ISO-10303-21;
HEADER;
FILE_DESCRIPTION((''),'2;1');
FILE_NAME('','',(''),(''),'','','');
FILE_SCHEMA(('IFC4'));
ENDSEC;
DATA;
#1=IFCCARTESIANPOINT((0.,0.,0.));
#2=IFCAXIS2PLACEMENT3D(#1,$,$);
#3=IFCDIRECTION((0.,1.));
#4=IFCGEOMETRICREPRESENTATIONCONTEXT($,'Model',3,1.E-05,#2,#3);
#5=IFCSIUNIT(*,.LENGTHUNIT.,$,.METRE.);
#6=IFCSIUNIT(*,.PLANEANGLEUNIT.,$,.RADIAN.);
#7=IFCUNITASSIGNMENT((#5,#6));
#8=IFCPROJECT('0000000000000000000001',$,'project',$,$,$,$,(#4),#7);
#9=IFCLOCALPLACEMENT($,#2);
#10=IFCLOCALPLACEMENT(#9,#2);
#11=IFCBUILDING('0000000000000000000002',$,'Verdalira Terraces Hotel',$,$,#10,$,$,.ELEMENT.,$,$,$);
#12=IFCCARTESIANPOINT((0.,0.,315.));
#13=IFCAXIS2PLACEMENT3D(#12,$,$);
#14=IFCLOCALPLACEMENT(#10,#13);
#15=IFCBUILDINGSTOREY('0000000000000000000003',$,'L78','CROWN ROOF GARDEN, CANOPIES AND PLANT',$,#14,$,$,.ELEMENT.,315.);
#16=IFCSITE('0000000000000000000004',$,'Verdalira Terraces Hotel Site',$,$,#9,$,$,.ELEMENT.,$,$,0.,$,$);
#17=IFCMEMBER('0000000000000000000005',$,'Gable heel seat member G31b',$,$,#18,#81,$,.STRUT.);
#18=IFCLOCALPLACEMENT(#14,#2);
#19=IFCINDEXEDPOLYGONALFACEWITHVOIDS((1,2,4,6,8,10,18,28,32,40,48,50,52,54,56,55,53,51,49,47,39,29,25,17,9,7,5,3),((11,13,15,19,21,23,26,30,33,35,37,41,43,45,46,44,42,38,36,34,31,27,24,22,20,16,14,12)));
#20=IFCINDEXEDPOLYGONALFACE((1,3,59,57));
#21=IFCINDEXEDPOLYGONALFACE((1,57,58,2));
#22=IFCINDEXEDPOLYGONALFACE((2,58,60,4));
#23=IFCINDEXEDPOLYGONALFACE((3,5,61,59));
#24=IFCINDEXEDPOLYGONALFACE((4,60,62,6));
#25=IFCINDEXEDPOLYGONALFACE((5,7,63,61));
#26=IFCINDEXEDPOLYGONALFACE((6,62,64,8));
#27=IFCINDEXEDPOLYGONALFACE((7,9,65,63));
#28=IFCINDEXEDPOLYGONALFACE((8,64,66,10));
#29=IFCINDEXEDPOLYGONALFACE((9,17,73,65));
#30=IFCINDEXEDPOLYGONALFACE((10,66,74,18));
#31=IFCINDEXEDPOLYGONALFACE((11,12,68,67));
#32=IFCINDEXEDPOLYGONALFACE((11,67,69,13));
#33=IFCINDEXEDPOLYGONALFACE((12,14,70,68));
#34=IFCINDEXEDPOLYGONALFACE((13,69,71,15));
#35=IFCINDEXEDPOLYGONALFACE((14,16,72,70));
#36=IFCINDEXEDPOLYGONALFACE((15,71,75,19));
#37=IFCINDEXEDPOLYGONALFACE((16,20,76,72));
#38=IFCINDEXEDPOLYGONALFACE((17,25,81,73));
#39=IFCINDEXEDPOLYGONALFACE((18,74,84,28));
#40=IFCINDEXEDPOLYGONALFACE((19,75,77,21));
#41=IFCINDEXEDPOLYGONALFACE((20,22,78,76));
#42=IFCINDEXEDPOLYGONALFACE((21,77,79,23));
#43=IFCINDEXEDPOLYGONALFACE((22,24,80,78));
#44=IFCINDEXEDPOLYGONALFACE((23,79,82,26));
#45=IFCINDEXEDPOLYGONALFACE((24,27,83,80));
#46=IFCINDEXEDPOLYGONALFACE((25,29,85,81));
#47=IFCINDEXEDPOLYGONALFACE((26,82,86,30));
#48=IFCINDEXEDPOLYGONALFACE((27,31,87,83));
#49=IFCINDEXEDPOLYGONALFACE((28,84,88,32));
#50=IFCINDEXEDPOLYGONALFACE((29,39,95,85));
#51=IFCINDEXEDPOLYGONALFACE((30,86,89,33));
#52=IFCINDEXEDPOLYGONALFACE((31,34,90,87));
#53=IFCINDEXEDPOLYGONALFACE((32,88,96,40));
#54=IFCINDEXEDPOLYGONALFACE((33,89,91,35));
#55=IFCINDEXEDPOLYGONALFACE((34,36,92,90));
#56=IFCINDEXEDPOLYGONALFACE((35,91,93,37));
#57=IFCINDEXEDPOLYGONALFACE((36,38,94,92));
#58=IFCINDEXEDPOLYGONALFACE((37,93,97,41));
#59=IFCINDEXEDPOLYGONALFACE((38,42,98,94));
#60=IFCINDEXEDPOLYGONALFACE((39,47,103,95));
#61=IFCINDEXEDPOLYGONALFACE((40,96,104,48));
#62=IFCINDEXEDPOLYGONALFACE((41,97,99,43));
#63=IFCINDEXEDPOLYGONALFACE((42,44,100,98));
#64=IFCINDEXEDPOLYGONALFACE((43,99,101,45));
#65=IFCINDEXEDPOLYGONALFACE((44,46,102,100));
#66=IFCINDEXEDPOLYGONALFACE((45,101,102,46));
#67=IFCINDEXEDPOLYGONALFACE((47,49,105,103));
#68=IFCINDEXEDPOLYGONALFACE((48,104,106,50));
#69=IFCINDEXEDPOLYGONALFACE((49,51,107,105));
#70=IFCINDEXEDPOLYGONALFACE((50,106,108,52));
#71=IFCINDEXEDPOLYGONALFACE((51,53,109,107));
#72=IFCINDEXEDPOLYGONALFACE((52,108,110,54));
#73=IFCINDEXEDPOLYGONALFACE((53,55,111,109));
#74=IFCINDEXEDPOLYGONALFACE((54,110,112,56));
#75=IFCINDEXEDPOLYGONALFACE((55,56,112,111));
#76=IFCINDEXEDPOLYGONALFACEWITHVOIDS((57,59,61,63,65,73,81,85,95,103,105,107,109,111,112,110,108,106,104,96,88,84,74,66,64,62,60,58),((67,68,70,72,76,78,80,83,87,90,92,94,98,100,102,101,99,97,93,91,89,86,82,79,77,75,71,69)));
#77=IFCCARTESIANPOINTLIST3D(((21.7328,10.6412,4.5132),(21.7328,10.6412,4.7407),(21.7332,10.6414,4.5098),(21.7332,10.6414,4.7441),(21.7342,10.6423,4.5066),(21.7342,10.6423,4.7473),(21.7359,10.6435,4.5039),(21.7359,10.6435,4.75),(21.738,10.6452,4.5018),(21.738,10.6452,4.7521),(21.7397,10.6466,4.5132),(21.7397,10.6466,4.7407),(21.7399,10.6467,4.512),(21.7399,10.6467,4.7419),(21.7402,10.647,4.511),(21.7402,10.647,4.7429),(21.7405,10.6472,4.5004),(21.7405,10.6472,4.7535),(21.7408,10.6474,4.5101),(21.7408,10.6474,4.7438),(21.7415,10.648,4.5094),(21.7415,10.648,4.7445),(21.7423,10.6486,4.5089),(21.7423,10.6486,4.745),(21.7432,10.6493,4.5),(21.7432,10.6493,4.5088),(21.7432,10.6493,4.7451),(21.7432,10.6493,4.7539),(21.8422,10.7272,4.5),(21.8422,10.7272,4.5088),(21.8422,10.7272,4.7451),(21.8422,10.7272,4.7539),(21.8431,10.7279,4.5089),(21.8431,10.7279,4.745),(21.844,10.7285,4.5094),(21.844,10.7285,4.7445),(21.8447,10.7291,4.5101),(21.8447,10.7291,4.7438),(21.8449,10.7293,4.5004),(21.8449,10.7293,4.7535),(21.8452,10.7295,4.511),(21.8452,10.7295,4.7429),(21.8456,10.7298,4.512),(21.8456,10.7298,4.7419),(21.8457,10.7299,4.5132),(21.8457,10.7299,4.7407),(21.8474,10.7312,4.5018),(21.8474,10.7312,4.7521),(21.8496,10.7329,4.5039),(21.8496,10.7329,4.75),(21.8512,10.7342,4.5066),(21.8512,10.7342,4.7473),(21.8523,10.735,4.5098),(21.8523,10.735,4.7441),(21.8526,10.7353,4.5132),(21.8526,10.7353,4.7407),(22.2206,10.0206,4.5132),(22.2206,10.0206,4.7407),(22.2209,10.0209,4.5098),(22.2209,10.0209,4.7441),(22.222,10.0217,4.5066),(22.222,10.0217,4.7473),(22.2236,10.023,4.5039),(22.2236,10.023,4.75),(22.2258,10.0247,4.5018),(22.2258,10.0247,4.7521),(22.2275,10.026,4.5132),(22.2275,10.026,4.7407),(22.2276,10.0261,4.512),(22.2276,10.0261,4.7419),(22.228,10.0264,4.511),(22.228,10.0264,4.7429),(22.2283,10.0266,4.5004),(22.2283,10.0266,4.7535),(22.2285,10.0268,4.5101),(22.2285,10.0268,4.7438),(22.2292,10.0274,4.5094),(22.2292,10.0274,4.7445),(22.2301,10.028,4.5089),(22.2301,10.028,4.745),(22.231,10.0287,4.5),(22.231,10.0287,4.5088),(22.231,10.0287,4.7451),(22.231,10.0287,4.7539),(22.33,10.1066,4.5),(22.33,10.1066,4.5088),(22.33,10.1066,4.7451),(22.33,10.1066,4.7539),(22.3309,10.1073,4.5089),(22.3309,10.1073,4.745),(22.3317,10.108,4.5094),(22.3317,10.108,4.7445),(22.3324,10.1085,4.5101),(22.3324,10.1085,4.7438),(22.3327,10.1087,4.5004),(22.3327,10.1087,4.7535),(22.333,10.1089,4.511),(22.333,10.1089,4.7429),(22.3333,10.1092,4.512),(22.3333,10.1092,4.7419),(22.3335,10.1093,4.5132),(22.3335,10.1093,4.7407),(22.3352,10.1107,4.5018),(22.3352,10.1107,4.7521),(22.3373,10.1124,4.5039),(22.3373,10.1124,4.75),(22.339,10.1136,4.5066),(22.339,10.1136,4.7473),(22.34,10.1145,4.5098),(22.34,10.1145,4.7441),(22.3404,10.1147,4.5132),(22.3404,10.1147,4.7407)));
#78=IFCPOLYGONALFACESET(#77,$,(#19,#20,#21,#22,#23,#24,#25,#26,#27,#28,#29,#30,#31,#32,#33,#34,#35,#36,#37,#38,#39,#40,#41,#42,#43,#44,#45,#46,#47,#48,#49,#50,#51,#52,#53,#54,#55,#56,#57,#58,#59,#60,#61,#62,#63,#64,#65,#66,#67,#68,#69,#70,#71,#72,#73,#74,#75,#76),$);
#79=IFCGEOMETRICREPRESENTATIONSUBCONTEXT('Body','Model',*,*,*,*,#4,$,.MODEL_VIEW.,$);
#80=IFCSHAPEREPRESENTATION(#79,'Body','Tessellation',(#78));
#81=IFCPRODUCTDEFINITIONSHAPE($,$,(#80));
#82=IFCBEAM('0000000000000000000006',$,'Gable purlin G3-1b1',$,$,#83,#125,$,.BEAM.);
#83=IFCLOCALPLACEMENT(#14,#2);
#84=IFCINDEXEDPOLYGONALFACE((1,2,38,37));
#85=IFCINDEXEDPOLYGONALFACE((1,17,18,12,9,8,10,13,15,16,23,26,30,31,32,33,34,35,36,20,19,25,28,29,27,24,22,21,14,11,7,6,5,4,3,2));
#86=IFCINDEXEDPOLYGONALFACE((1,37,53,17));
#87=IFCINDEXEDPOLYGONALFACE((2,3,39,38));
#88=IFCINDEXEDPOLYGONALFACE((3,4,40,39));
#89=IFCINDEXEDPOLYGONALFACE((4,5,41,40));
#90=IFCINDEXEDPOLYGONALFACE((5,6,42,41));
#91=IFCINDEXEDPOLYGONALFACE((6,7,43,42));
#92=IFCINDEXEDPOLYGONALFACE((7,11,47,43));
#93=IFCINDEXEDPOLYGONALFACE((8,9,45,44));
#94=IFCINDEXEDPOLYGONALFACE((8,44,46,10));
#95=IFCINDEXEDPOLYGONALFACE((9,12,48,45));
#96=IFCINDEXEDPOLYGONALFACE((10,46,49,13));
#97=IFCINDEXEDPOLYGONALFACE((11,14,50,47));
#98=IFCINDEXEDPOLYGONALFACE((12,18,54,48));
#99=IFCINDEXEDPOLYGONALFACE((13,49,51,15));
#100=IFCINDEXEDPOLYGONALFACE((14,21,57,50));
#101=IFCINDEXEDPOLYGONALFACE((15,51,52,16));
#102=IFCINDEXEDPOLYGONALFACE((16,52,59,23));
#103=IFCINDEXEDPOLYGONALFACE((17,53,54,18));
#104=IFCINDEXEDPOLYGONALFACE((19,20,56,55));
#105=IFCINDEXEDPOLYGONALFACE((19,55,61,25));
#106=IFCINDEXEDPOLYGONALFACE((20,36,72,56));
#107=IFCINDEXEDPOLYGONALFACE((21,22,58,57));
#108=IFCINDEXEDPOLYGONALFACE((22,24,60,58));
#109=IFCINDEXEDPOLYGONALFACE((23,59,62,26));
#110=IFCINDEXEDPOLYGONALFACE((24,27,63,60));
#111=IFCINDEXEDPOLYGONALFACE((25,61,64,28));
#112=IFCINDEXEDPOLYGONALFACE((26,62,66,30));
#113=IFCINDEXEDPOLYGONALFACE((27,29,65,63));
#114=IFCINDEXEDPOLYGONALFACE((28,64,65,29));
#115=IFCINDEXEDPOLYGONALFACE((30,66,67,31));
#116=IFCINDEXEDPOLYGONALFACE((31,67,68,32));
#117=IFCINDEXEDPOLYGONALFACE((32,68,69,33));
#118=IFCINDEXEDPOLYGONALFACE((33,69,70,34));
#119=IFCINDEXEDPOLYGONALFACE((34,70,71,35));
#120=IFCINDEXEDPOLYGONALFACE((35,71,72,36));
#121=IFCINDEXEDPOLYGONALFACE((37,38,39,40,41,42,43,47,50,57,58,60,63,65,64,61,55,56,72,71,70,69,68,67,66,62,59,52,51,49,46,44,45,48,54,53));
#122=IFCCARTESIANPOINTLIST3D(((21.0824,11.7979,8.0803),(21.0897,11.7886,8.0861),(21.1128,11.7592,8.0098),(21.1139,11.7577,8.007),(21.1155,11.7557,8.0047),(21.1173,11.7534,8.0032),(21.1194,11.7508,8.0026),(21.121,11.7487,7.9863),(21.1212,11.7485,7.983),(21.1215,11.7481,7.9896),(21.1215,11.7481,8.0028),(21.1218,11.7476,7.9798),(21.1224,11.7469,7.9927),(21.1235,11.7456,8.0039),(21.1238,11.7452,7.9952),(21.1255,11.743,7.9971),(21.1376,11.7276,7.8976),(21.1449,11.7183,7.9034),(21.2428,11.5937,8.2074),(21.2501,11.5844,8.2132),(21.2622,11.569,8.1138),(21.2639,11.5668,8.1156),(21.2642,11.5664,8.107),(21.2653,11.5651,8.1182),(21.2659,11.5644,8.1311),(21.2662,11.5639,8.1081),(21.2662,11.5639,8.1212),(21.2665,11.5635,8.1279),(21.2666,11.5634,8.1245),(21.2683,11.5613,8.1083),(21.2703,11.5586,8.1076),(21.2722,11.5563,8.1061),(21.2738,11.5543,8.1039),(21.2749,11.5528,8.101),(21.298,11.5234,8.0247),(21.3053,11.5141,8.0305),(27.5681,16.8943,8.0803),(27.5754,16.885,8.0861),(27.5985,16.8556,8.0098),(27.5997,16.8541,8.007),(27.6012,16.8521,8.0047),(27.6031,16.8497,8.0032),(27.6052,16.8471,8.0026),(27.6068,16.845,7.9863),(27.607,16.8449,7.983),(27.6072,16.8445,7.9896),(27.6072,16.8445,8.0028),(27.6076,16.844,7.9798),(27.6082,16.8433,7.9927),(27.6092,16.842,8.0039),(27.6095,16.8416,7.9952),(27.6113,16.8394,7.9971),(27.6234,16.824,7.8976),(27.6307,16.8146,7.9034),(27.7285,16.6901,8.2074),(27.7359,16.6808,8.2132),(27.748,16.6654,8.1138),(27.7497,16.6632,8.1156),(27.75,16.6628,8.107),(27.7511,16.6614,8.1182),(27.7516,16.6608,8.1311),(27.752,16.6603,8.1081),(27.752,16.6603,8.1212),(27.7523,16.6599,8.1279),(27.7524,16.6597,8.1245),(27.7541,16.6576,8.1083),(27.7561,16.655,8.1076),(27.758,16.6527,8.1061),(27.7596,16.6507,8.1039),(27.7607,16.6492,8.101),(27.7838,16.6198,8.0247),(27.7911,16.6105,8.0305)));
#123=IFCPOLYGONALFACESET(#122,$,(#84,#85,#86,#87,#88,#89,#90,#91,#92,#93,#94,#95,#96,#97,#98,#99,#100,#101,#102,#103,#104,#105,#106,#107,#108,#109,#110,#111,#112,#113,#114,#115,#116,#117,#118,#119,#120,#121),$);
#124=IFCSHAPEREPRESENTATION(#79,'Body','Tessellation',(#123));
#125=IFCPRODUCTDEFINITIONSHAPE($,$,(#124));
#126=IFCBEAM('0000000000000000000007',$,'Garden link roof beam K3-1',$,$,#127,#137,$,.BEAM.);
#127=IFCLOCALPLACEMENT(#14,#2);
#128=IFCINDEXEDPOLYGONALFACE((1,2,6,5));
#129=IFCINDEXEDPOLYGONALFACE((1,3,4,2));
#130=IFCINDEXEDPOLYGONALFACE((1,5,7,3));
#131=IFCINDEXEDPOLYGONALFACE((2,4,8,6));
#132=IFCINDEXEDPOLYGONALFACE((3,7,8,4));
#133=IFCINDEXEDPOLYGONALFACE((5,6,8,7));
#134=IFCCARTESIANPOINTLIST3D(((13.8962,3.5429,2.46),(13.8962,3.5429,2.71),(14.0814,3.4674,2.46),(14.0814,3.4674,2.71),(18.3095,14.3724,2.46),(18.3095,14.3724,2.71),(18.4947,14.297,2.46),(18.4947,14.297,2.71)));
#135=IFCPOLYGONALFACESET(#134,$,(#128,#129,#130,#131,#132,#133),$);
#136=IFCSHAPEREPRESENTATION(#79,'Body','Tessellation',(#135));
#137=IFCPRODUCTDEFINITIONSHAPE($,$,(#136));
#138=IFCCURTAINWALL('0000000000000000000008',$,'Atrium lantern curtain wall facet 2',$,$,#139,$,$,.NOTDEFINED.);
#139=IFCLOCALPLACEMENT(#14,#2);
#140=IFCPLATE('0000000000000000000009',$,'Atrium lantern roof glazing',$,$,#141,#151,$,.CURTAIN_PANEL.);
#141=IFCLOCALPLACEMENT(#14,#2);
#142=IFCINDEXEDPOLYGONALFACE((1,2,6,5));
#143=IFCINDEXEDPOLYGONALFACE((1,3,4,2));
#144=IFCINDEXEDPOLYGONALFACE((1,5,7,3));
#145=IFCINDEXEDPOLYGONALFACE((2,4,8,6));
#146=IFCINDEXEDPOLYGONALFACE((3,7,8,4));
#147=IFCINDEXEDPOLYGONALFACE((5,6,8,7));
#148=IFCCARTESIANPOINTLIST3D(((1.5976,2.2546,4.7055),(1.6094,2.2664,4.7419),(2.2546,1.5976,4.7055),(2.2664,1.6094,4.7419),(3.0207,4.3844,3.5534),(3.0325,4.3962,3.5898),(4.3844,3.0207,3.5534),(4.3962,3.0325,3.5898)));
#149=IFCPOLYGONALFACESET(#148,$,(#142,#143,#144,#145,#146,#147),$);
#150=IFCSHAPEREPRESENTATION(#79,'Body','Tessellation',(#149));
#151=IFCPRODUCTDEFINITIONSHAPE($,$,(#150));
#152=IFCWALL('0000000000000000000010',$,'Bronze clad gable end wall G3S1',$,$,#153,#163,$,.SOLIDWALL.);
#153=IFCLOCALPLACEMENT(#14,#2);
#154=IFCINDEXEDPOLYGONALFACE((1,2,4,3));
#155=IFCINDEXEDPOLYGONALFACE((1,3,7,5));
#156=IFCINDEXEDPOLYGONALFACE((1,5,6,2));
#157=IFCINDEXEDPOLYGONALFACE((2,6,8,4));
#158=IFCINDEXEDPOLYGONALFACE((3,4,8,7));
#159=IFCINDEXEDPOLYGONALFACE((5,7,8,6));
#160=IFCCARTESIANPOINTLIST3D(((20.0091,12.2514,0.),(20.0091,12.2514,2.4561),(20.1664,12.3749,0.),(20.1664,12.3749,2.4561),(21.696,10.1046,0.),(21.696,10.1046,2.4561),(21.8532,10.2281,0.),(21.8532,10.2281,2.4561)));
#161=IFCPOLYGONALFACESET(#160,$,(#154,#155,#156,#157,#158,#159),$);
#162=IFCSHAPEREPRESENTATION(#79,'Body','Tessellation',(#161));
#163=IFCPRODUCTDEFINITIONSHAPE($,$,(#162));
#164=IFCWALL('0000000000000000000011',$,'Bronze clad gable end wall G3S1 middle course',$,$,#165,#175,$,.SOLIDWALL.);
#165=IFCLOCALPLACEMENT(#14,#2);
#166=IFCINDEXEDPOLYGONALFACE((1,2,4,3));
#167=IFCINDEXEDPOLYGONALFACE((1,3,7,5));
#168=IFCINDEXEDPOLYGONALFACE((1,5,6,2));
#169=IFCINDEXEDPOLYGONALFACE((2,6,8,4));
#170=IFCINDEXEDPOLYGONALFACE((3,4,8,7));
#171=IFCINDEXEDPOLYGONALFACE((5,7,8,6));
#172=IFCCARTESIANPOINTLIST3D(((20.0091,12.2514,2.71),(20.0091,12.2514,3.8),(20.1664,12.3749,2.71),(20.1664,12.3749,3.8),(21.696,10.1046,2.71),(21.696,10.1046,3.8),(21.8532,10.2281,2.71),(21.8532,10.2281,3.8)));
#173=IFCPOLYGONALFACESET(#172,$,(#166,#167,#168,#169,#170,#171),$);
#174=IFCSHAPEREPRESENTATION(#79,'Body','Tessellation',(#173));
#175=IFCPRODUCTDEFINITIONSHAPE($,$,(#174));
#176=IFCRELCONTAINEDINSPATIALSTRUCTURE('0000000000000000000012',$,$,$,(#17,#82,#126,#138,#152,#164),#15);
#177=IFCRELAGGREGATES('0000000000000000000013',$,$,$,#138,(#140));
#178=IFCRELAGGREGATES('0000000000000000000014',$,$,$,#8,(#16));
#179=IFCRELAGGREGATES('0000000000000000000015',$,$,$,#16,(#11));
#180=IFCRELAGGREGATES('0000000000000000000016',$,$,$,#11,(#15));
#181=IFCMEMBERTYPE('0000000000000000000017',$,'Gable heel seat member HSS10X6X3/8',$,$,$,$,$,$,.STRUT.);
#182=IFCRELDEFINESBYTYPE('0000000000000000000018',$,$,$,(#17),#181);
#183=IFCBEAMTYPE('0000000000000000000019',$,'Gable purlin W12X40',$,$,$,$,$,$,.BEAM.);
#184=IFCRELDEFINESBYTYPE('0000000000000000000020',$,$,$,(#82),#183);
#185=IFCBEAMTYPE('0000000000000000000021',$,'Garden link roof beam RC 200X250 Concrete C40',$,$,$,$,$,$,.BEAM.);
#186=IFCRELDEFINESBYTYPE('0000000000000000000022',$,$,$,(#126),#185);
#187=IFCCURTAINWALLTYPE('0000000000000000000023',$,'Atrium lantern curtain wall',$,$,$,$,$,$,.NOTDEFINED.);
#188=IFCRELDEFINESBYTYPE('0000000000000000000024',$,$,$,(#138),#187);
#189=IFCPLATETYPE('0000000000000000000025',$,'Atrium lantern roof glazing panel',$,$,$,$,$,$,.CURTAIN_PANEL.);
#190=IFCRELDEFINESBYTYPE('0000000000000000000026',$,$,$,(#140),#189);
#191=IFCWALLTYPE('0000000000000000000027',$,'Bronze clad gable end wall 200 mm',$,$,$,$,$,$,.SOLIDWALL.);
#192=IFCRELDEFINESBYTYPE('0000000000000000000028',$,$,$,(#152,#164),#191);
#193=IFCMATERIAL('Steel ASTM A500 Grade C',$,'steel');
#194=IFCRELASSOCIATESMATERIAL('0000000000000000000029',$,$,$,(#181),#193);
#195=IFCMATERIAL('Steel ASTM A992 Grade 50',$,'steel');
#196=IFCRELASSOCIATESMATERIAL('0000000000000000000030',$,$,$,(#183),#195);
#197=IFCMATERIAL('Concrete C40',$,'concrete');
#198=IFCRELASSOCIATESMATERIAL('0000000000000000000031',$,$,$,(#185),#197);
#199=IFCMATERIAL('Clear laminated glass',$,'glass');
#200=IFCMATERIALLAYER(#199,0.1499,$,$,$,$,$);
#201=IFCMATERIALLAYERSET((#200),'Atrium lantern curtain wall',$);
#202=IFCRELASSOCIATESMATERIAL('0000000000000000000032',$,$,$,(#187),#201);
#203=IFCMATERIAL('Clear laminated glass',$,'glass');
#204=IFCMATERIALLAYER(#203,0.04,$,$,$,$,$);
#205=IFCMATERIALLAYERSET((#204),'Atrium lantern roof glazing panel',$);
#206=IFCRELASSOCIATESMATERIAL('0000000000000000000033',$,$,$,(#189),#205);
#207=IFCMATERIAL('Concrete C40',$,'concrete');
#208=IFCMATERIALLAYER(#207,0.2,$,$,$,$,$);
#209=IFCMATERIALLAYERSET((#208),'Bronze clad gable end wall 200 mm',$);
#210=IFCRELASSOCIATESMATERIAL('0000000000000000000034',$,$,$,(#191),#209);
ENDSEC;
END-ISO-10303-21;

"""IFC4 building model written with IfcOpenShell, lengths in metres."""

from ifc_helpers import new_model, si_unit, direction, frame, frame_2d, origin, origin_2d, place, context, subcontext, project, spatial, polyline, rectangle, hollow_rectangle, i_section, outline, extrude, material, layer, layer_set, material_profile, profile_set, type_object, element, aggregate, save


model = new_model("IFC4")

# Units and contexts
model_context = context("Model", 3, precision=1e-05, world=origin(), true_north=direction((0.0, 1.0)))
body_context = subcontext(model_context, "Body", "Model", "MODEL_VIEW")
ifc_project = project(units=[si_unit("LENGTHUNIT", "METRE"), si_unit("PLANEANGLEUNIT", "RADIAN")], contexts=[model_context])

# Site, building, storey
site_placement = place(None, origin())
site = spatial("IfcSite", under=ifc_project, at=site_placement, Name="Verdalira Terraces Hotel Site", CompositionType="ELEMENT", RefElevation=0.0)
building_placement = place(site_placement, origin())
building = spatial("IfcBuilding", under=site, at=building_placement, Name="Verdalira Terraces Hotel", CompositionType="ELEMENT")
storey_placement = place(building_placement, frame((0.0, 0.0, 315.0)))
storey = spatial("IfcBuildingStorey", under=building, at=storey_placement, Name="L78", Description="CROWN ROOF GARDEN, CANOPIES AND PLANT", CompositionType="ELEMENT", Elevation=315.0)

# Member
ifc_material_1 = material(Name="Steel ASTM A500 Grade C", Category="steel")
ifc_material_profile_1 = material_profile(ifc_material_1, hollow_rectangle(XDim=0.1523, YDim=0.2539, WallThickness=0.0088, InnerFilletRadius=0.0044, OuterFilletRadius=0.0132, at=origin_2d()), Name="HSS10X6X3/8")
ifc_profile_set_1 = profile_set([ifc_material_profile_1], Name="Steel ASTM A500 Grade C")
member_type = type_object("IfcMemberType", Name="Gable heel seat member HSS10X6X3/8", PredefinedType="STRUT", material=ifc_profile_set_1)
member_placement = place(storey_placement, frame((21.7927, 10.6882, 4.627), z_axis=(0.617958, -0.786211, 0.0), x_axis=(0.786211, 0.617958, 0.0)))
element("IfcMember", 1, at=member_placement, inside=storey, type_object=member_type, Name="Gable heel seat member G31b", PredefinedType="STRUT", context=body_context, shape_type="SweptSolid", body=[
    extrude(hollow_rectangle(XDim=0.1523, YDim=0.2539, WallThickness=0.0088, InnerFilletRadius=0.0044, OuterFilletRadius=0.0132, at=origin_2d()), origin(), (0.0, 0.0, 1.0), 0.7893),
])

# Beams
ifc_material_2 = material(Name="Steel ASTM A992 Grade 50", Category="steel")
ifc_material_profile_2 = material_profile(ifc_material_2, i_section(OverallWidth=0.2034, OverallDepth=0.3022, WebThickness=0.0076, FlangeThickness=0.0132, FilletRadius=0.0129, at=origin_2d()), Name="W12X40")
ifc_profile_set_2 = profile_set([ifc_material_profile_2], Name="Steel ASTM A992 Grade 50")
beam_type_1 = type_object("IfcBeamType", Name="Gable purlin W12X40", PredefinedType="BEAM", material=ifc_profile_set_2)
beam_1_placement = place(storey_placement, frame((21.1938, 11.656, 8.0554), z_axis=(0.786294, 0.617853, 0.0), x_axis=(-0.271657, 0.345717, 0.898155)))
element("IfcBeam", 2, at=beam_1_placement, inside=storey, type_object=beam_type_1, Name="Gable purlin G3-1b1", PredefinedType="BEAM", context=body_context, shape_type="SweptSolid", body=[
    extrude(i_section(OverallWidth=0.2034, OverallDepth=0.3022, WebThickness=0.0076, FlangeThickness=0.0132, FilletRadius=0.0129, at=origin_2d()), origin(), (0.0, 0.0, 1.0), 8.2485),
])
ifc_material_3 = material(Name="Concrete C40", Category="concrete")
ifc_material_profile_3 = material_profile(ifc_material_3, rectangle(XDim=0.2, YDim=0.25, at=origin_2d()), Name="RC 200X250")
ifc_profile_set_3 = profile_set([ifc_material_profile_3], Name="Concrete C40")
beam_type_2 = type_object("IfcBeamType", Name="Garden link roof beam RC 200X250 Concrete C40", PredefinedType="BEAM", material=ifc_profile_set_3)
beam_2_placement = place(storey_placement, frame((13.9888, 3.5051, 2.585), z_axis=(0.37739, 0.926054, 0.0), x_axis=(-0.926054, 0.37739, 0.0)))
element("IfcBeam", 3, at=beam_2_placement, inside=storey, type_object=beam_type_2, Name="Garden link roof beam K3-1", PredefinedType="BEAM", context=body_context, shape_type="SweptSolid", body=[
    extrude(rectangle(XDim=0.2, YDim=0.25, at=origin_2d()), origin(), (0.0, 0.0, 1.0), 11.6943),
])

# Curtain wall, plate
ifc_material_4 = material(Name="Clear laminated glass", Category="glass")
ifc_layer_1 = layer(ifc_material_4, 0.1499)
ifc_layer_set_1 = layer_set([ifc_layer_1], Name="Atrium lantern curtain wall")
curtain_wall_type = type_object("IfcCurtainWallType", Name="Atrium lantern curtain wall", PredefinedType="NOTDEFINED", material=ifc_layer_set_1)
curtain_wall_placement = place(storey_placement, origin())
curtain_wall = element("IfcCurtainWall", 4, at=curtain_wall_placement, inside=storey, type_object=curtain_wall_type, Name="Atrium lantern curtain wall facet 2", PredefinedType="NOTDEFINED")
ifc_material_5 = material(Name="Clear laminated glass", Category="glass")
ifc_layer_2 = layer(ifc_material_5, 0.04)
ifc_layer_set_2 = layer_set([ifc_layer_2], Name="Atrium lantern roof glazing panel")
plate_type = type_object("IfcPlateType", Name="Atrium lantern roof glazing panel", PredefinedType="CURTAIN_PANEL", material=ifc_layer_set_2)
plate_placement = place(storey_placement, frame((4.3962, 3.0325, 3.5898), z_axis=(0.294749, 0.294749, 0.908981), x_axis=(-0.707107, 0.707107, 0.0)))
plate = element("IfcPlate", 5, at=plate_placement, type_object=plate_type, Name="Atrium lantern roof glazing", PredefinedType="CURTAIN_PANEL", context=body_context, shape_type="SweptSolid", body=[
    extrude(outline(polyline([(0.0, 0.0), (1.9287, 0.0), (1.4289, 2.7639), (0.4998, 2.7639), (0.0, 0.0)])), origin(), (0.0, 0.0, -1.0), 0.04),
])

# Walls
ifc_material_6 = material(Name="Concrete C40", Category="concrete")
ifc_layer_3 = layer(ifc_material_6, 0.2)
ifc_layer_set_3 = layer_set([ifc_layer_3], Name="Bronze clad gable end wall 200 mm")
wall_type_1 = type_object("IfcWallType", Name="Bronze clad gable end wall 200 mm", PredefinedType="SOLIDWALL", material=ifc_layer_set_3)
wall_1_placement = place(storey_placement, frame((21.7747, 10.1663, 0.0), z_axis=(0.0, 0.0, 1.0), x_axis=(-0.617833, 0.786309, 0.0)))
element("IfcWall", 6, at=wall_1_placement, inside=storey, type_object=wall_type_1, Name="Bronze clad gable end wall G3S1", PredefinedType="SOLIDWALL", context=body_context, shape_type="SweptSolid", body=[
    extrude(rectangle(XDim=2.7302, YDim=0.2, at=frame_2d((1.3652, 0.0))), origin(), (0.0, 0.0, 1.0), 2.4561),
])
wall_2_placement = place(storey_placement, frame((21.7747, 10.1663, 2.71), z_axis=(0.0, 0.0, 1.0), x_axis=(-0.617833, 0.786309, 0.0)))
element("IfcWall", 7, at=wall_2_placement, inside=storey, type_object=wall_type_1, Name="Bronze clad gable end wall G3S1 middle course", PredefinedType="SOLIDWALL", context=body_context, shape_type="SweptSolid", body=[
    extrude(rectangle(XDim=2.7302, YDim=0.2, at=frame_2d((1.3652, 0.0))), origin(), (0.0, 0.0, 1.0), 1.0901),
])

aggregate(curtain_wall, [plate])

save(model, "model.ifc")
